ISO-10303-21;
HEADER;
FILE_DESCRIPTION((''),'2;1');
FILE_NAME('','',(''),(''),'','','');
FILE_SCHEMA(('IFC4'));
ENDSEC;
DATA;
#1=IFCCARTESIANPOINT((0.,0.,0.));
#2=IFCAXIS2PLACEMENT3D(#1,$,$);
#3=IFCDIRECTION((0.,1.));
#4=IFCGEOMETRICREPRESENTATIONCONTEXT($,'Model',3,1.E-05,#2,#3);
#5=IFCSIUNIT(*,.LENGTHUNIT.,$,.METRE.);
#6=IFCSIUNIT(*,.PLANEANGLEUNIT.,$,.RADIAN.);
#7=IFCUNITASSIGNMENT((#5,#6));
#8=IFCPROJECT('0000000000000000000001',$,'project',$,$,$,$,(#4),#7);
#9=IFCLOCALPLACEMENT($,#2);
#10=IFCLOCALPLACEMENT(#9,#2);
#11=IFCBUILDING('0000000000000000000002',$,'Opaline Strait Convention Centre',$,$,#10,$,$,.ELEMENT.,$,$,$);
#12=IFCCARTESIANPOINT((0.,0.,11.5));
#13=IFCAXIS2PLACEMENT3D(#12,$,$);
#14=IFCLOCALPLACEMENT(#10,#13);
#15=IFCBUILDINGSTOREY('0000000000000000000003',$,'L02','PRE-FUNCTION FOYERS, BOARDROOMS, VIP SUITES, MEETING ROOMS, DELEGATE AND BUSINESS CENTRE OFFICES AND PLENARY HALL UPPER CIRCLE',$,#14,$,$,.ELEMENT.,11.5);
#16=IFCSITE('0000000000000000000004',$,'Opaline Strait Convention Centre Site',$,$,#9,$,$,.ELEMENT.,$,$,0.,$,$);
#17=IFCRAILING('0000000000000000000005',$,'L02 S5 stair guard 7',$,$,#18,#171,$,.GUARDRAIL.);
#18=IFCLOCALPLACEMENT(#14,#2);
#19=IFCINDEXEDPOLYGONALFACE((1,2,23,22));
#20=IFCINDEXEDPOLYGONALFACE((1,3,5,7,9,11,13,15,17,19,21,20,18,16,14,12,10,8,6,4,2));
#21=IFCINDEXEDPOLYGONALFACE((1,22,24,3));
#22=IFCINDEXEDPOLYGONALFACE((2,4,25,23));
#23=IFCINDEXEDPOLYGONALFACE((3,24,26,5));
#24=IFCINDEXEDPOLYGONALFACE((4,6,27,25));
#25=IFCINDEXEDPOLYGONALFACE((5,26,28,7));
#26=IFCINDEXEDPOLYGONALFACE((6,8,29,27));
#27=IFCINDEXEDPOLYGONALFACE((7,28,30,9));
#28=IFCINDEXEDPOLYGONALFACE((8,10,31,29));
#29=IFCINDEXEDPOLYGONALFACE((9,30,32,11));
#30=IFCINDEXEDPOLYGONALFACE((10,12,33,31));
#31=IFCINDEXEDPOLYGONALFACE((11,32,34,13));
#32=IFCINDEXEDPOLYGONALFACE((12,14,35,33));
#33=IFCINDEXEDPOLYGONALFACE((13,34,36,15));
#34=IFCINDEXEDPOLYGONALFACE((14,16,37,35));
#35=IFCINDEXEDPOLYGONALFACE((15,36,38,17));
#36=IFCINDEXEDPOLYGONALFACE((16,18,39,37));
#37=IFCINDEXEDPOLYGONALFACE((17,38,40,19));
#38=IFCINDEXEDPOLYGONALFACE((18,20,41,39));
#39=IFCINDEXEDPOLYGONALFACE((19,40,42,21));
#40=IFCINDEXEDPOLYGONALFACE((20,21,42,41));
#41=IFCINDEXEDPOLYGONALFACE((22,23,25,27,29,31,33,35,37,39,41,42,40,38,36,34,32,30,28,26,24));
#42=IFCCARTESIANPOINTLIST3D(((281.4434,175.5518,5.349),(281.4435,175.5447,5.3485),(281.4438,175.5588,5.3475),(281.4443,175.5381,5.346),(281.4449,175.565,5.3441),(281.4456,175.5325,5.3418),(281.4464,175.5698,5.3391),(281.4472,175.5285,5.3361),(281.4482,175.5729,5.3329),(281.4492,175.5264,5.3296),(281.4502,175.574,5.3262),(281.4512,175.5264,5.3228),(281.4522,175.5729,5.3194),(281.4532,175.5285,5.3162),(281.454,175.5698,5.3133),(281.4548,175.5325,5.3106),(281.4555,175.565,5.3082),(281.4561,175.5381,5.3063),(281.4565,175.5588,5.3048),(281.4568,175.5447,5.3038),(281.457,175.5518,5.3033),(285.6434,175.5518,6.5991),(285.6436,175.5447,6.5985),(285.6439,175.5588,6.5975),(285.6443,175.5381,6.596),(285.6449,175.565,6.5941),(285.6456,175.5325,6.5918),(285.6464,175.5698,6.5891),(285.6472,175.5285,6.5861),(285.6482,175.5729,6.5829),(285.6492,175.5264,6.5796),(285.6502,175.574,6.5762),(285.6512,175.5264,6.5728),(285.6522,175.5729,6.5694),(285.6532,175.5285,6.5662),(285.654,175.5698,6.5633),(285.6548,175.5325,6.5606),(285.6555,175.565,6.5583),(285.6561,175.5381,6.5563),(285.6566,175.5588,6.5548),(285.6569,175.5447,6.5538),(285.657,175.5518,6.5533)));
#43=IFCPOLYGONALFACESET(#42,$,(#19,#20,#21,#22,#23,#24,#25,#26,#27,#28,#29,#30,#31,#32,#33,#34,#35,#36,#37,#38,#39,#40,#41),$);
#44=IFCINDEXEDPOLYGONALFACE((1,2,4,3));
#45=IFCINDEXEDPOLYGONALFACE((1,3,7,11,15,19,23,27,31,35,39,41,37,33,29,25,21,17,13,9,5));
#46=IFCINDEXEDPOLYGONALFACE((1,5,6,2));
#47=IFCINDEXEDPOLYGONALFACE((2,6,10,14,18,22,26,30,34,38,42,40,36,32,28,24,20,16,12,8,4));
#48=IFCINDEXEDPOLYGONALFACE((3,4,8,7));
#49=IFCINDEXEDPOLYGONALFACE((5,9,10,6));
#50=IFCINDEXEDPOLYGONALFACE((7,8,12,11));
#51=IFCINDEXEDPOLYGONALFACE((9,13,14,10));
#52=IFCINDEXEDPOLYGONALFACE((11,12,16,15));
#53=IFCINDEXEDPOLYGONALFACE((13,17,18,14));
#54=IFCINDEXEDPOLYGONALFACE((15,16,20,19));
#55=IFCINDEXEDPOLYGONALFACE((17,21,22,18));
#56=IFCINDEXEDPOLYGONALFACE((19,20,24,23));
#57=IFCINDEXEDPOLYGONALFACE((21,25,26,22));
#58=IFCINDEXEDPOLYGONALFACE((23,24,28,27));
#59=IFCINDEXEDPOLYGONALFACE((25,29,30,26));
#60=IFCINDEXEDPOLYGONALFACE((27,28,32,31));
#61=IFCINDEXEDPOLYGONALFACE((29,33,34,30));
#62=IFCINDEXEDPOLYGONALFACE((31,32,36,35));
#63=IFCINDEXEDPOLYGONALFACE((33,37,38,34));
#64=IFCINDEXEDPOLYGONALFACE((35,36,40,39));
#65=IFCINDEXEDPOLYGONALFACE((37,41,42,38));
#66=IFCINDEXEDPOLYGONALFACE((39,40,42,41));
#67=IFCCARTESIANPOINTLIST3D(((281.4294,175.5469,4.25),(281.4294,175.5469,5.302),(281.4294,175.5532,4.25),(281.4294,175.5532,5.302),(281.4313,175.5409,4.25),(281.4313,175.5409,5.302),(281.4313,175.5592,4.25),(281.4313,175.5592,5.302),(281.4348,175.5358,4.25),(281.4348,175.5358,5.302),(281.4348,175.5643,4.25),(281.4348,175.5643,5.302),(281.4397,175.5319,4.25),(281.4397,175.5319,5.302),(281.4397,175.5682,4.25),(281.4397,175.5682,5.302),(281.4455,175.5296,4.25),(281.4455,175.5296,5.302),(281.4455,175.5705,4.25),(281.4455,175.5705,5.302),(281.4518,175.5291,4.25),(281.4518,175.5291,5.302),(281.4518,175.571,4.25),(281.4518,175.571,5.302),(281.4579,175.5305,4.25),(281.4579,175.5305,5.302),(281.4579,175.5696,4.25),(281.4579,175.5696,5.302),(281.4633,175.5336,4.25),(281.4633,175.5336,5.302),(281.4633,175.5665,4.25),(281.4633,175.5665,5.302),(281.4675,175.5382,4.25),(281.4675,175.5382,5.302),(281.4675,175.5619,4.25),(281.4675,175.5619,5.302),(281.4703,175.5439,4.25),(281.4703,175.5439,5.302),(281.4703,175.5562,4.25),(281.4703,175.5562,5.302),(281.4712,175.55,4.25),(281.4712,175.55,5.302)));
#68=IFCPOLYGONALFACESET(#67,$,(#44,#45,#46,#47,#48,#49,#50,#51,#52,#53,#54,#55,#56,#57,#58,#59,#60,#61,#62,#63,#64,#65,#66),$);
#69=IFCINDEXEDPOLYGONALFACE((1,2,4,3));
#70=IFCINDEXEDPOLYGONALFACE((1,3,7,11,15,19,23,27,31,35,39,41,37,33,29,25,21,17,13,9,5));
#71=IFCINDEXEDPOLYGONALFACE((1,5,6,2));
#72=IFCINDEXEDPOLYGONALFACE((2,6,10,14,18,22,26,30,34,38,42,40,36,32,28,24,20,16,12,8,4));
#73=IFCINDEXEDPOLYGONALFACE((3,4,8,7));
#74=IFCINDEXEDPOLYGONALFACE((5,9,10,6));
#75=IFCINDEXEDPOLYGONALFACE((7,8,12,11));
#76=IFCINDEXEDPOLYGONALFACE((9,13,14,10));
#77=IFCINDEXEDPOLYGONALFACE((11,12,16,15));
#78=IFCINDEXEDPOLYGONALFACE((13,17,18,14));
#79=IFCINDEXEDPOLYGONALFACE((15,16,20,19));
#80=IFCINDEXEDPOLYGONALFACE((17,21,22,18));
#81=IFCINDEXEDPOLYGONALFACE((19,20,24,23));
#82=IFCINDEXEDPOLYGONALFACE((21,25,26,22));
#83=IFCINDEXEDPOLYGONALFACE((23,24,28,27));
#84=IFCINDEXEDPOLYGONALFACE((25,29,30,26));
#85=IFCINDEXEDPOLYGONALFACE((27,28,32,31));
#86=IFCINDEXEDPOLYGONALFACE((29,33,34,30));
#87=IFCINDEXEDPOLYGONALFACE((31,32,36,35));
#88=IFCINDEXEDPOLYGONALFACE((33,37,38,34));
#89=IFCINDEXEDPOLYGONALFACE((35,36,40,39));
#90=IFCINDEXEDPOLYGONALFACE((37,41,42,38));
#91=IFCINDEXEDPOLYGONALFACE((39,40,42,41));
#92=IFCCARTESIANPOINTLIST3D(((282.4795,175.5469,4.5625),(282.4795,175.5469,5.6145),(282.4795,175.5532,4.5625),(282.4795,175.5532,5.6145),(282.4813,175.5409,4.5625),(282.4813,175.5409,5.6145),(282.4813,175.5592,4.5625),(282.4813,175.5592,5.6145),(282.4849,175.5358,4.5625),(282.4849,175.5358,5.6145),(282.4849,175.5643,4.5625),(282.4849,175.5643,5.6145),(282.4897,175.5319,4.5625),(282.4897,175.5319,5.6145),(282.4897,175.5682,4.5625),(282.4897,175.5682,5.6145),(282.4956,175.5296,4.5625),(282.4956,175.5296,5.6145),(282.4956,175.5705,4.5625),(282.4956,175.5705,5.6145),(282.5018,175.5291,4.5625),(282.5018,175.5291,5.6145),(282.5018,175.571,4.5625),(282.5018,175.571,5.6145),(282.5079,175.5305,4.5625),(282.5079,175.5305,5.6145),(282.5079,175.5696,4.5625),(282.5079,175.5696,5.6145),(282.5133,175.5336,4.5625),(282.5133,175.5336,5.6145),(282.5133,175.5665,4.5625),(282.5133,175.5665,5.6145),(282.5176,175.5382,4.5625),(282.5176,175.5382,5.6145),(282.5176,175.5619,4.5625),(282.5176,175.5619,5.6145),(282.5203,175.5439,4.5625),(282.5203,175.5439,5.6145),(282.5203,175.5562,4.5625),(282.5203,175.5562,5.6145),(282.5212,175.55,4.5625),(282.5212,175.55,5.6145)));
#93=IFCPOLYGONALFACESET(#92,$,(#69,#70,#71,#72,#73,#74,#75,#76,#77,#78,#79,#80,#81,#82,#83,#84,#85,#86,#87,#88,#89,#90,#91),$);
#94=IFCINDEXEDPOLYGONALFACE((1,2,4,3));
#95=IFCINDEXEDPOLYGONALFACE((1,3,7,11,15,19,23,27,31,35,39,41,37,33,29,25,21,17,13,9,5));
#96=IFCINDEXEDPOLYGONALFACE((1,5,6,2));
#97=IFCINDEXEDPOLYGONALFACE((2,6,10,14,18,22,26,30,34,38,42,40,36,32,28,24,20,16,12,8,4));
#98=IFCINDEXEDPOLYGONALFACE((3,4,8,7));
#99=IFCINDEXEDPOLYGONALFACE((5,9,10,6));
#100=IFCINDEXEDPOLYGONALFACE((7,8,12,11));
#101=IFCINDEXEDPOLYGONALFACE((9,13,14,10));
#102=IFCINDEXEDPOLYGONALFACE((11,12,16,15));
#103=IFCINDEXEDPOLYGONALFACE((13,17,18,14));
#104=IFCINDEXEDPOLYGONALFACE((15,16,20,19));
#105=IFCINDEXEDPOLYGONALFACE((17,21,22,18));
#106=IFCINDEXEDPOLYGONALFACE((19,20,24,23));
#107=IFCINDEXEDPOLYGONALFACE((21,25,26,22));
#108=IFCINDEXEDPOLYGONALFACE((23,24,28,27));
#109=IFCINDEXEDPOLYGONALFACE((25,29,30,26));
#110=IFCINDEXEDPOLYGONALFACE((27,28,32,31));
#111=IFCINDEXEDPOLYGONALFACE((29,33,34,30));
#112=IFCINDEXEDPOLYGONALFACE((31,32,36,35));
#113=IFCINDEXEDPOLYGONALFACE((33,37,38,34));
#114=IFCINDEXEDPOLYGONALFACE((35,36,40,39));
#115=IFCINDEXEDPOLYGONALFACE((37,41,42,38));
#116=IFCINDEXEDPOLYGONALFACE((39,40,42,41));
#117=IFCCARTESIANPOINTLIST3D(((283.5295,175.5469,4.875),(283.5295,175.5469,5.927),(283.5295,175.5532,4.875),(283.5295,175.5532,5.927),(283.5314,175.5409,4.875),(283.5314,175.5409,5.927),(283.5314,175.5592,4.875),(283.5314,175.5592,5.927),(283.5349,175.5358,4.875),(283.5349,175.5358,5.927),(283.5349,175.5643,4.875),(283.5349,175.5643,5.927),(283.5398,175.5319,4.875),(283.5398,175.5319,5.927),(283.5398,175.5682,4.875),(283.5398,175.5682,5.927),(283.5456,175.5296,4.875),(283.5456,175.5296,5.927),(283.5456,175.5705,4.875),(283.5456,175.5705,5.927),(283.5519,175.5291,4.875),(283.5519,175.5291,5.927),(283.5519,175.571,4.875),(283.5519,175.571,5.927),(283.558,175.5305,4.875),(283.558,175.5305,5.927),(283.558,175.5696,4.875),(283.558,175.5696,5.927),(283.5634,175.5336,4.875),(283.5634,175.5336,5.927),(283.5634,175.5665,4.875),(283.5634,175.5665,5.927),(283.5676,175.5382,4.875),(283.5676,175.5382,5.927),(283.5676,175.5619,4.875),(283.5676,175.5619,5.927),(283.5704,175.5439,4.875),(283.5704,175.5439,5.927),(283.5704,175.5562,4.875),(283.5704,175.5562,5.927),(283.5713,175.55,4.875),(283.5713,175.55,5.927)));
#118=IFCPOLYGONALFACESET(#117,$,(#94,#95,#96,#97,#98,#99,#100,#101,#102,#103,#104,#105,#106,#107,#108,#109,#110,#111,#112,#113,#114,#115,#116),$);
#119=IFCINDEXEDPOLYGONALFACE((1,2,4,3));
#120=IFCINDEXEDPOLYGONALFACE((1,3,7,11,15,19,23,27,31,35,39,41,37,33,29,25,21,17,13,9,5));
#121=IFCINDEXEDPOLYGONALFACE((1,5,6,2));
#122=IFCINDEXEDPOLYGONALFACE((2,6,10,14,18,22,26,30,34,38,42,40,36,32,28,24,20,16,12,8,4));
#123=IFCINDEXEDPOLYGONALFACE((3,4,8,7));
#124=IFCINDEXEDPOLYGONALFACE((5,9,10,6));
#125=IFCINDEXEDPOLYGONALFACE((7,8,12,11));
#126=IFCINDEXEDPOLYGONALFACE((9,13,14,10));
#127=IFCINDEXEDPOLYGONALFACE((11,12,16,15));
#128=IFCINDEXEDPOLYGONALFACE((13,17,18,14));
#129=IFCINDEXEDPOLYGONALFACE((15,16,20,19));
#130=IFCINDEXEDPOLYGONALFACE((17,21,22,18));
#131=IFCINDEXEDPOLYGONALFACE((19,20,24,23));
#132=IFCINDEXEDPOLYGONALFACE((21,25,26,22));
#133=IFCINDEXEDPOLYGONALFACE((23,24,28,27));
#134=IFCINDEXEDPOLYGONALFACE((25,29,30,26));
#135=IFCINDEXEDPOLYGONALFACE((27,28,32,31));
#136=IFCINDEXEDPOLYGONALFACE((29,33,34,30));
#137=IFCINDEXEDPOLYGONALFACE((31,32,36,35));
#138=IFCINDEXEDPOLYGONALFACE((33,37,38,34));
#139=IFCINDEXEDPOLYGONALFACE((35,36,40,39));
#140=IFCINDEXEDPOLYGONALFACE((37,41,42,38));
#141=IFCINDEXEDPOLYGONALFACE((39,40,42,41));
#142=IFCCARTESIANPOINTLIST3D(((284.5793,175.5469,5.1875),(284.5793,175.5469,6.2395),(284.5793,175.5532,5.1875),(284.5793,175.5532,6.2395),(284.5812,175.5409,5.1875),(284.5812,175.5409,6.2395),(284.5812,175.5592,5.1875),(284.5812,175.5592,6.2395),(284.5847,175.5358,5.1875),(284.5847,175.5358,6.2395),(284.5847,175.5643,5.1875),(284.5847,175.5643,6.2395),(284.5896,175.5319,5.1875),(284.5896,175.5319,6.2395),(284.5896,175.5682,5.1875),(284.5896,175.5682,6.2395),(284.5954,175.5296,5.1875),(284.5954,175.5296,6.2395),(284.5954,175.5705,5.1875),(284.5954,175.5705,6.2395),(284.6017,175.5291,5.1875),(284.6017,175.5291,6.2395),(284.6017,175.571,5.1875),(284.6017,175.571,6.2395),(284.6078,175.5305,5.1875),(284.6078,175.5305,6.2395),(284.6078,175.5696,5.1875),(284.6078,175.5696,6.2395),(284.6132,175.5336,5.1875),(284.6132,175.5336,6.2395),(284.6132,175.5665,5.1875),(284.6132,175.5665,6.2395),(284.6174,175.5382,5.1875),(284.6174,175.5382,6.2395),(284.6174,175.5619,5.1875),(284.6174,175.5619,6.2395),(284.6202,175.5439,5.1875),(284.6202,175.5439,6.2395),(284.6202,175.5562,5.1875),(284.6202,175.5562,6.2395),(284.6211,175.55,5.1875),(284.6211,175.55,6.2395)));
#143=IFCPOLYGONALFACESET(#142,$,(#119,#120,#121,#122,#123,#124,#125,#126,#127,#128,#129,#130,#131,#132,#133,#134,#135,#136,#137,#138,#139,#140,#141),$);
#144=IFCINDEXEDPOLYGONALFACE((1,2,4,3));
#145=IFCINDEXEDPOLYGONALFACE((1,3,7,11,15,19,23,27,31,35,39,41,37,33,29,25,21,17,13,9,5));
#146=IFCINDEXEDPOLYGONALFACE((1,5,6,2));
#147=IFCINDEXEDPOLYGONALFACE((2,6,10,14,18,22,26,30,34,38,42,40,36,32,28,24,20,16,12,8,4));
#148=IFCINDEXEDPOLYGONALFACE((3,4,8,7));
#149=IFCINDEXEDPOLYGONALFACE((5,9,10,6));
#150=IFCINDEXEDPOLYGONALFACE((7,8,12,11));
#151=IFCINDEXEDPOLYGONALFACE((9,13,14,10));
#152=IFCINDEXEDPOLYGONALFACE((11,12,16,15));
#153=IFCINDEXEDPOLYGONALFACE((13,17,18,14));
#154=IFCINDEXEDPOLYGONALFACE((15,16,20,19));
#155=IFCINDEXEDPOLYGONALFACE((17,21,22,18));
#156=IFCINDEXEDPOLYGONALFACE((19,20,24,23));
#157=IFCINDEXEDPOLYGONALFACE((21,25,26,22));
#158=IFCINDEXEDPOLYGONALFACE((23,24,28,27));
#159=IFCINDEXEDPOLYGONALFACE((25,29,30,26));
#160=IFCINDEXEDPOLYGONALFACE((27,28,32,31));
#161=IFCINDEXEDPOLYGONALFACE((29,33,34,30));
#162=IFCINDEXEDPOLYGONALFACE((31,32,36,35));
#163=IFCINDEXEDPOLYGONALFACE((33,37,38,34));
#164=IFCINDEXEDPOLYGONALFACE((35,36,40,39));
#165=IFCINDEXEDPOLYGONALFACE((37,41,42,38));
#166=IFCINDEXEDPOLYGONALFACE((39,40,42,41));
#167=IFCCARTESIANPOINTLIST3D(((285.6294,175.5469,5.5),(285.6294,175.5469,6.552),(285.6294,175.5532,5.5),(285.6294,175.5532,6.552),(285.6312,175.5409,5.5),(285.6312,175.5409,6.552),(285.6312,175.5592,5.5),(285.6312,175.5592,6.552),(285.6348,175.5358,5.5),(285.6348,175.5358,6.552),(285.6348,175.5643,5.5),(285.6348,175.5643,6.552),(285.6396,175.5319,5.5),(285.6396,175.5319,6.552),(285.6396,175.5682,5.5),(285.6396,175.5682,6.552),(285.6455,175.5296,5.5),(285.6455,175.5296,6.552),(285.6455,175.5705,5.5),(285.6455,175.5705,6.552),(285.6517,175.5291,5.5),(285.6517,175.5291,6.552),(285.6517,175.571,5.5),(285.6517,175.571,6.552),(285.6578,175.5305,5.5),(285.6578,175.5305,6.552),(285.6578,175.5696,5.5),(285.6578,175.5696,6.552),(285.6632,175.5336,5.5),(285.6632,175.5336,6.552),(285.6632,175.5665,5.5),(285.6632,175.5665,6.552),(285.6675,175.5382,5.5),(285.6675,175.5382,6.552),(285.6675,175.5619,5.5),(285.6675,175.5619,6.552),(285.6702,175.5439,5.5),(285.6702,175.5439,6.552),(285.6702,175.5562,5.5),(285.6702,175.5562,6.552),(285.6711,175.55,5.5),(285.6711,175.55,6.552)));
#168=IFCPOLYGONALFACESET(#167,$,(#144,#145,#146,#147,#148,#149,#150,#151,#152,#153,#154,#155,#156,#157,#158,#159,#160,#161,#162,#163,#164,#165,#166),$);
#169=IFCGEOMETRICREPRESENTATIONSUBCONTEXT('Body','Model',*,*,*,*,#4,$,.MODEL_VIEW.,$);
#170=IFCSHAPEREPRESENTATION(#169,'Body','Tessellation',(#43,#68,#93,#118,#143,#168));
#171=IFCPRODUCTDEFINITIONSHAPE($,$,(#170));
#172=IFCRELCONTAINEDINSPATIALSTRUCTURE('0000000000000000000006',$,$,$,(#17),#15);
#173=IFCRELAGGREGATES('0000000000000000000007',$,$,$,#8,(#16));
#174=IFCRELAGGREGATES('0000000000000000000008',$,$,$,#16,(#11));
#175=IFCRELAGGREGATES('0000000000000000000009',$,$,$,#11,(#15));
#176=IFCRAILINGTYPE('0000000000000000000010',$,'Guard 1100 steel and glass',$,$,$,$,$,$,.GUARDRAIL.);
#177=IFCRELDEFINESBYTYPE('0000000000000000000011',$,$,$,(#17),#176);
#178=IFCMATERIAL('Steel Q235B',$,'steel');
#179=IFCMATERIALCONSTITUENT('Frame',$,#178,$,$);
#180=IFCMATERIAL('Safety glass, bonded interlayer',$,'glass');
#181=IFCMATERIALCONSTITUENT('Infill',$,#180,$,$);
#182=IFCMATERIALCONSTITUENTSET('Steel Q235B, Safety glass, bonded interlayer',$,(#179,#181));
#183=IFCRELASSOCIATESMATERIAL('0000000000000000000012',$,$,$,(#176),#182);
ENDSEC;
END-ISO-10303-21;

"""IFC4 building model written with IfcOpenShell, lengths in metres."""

from ifc_helpers import new_model, si_unit, direction, frame, origin, origin_2d, place, context, subcontext, project, spatial, circle, extrude, material, constituent, constituent_set, type_object, element, save


model = new_model("IFC4")

# Units and contexts
model_context = context("Model", 3, precision=1e-05, world=origin(), true_north=direction((0.0, 1.0)))
body_context = subcontext(model_context, "Body", "Model", "MODEL_VIEW")
ifc_project = project(units=[si_unit("LENGTHUNIT", "METRE"), si_unit("PLANEANGLEUNIT", "RADIAN")], contexts=[model_context])

# Site, building, storey
site_placement = place(None, origin())
site = spatial("IfcSite", under=ifc_project, at=site_placement, Name="Opaline Strait Convention Centre Site", CompositionType="ELEMENT", RefElevation=0.0)
building_placement = place(site_placement, origin())
building = spatial("IfcBuilding", under=site, at=building_placement, Name="Opaline Strait Convention Centre", CompositionType="ELEMENT")
storey_placement = place(building_placement, frame((0.0, 0.0, 11.5)))
storey = spatial("IfcBuildingStorey", under=building, at=storey_placement, Name="L02", Description="PRE-FUNCTION FOYERS, BOARDROOMS, VIP SUITES, MEETING ROOMS, DELEGATE AND BUSINESS CENTRE OFFICES AND PLENARY HALL UPPER CIRCLE", CompositionType="ELEMENT", Elevation=11.5)

# Railing
ifc_material_1 = material(Name="Steel Q235B", Category="steel")
ifc_constituent_1 = constituent(ifc_material_1, Name="Frame")
ifc_material_2 = material(Name="Safety glass, bonded interlayer", Category="glass")
ifc_constituent_2 = constituent(ifc_material_2, Name="Infill")
ifc_constituent_set = constituent_set(constituents=[ifc_constituent_1, ifc_constituent_2], Name="Steel Q235B, Safety glass, bonded interlayer")
railing_type_1 = type_object("IfcRailingType", Name="Guard 1100 steel and glass", PredefinedType="GUARDRAIL", material=ifc_constituent_set)
railing_1_placement = place(storey_placement, frame((281.4502, 175.55, 4.25)))
element("IfcRailing", 1, at=railing_1_placement, inside=storey, type_object=railing_type_1, Name="L02 S5 stair guard 7", PredefinedType="GUARDRAIL", context=body_context, shape_type="SweptSolid", body=[
    extrude(circle(Radius=0.0239, at=origin_2d()), frame((0.0, 0.0, 1.0762), z_axis=(0.958451, 0.0, 0.285257), x_axis=(0.0, 1.0, 0.0)), (0.0, 0.0, 1.0), 4.3821),
    extrude(circle(Radius=0.021, at=origin_2d()), origin(), (0.0, 0.0, 1.0), 1.052),
    extrude(circle(Radius=0.021, at=origin_2d()), frame((1.05, 0.0, 0.3125)), (0.0, 0.0, 1.0), 1.052),
    extrude(circle(Radius=0.021, at=origin_2d()), frame((2.1001, 0.0, 0.625)), (0.0, 0.0, 1.0), 1.052),
    extrude(circle(Radius=0.021, at=origin_2d()), frame((3.1499, 0.0, 0.9375)), (0.0, 0.0, 1.0), 1.052),
    extrude(circle(Radius=0.021, at=origin_2d()), frame((4.2, 0.0, 1.25)), (0.0, 0.0, 1.0), 1.052),
])

save(model, "model.ifc")
